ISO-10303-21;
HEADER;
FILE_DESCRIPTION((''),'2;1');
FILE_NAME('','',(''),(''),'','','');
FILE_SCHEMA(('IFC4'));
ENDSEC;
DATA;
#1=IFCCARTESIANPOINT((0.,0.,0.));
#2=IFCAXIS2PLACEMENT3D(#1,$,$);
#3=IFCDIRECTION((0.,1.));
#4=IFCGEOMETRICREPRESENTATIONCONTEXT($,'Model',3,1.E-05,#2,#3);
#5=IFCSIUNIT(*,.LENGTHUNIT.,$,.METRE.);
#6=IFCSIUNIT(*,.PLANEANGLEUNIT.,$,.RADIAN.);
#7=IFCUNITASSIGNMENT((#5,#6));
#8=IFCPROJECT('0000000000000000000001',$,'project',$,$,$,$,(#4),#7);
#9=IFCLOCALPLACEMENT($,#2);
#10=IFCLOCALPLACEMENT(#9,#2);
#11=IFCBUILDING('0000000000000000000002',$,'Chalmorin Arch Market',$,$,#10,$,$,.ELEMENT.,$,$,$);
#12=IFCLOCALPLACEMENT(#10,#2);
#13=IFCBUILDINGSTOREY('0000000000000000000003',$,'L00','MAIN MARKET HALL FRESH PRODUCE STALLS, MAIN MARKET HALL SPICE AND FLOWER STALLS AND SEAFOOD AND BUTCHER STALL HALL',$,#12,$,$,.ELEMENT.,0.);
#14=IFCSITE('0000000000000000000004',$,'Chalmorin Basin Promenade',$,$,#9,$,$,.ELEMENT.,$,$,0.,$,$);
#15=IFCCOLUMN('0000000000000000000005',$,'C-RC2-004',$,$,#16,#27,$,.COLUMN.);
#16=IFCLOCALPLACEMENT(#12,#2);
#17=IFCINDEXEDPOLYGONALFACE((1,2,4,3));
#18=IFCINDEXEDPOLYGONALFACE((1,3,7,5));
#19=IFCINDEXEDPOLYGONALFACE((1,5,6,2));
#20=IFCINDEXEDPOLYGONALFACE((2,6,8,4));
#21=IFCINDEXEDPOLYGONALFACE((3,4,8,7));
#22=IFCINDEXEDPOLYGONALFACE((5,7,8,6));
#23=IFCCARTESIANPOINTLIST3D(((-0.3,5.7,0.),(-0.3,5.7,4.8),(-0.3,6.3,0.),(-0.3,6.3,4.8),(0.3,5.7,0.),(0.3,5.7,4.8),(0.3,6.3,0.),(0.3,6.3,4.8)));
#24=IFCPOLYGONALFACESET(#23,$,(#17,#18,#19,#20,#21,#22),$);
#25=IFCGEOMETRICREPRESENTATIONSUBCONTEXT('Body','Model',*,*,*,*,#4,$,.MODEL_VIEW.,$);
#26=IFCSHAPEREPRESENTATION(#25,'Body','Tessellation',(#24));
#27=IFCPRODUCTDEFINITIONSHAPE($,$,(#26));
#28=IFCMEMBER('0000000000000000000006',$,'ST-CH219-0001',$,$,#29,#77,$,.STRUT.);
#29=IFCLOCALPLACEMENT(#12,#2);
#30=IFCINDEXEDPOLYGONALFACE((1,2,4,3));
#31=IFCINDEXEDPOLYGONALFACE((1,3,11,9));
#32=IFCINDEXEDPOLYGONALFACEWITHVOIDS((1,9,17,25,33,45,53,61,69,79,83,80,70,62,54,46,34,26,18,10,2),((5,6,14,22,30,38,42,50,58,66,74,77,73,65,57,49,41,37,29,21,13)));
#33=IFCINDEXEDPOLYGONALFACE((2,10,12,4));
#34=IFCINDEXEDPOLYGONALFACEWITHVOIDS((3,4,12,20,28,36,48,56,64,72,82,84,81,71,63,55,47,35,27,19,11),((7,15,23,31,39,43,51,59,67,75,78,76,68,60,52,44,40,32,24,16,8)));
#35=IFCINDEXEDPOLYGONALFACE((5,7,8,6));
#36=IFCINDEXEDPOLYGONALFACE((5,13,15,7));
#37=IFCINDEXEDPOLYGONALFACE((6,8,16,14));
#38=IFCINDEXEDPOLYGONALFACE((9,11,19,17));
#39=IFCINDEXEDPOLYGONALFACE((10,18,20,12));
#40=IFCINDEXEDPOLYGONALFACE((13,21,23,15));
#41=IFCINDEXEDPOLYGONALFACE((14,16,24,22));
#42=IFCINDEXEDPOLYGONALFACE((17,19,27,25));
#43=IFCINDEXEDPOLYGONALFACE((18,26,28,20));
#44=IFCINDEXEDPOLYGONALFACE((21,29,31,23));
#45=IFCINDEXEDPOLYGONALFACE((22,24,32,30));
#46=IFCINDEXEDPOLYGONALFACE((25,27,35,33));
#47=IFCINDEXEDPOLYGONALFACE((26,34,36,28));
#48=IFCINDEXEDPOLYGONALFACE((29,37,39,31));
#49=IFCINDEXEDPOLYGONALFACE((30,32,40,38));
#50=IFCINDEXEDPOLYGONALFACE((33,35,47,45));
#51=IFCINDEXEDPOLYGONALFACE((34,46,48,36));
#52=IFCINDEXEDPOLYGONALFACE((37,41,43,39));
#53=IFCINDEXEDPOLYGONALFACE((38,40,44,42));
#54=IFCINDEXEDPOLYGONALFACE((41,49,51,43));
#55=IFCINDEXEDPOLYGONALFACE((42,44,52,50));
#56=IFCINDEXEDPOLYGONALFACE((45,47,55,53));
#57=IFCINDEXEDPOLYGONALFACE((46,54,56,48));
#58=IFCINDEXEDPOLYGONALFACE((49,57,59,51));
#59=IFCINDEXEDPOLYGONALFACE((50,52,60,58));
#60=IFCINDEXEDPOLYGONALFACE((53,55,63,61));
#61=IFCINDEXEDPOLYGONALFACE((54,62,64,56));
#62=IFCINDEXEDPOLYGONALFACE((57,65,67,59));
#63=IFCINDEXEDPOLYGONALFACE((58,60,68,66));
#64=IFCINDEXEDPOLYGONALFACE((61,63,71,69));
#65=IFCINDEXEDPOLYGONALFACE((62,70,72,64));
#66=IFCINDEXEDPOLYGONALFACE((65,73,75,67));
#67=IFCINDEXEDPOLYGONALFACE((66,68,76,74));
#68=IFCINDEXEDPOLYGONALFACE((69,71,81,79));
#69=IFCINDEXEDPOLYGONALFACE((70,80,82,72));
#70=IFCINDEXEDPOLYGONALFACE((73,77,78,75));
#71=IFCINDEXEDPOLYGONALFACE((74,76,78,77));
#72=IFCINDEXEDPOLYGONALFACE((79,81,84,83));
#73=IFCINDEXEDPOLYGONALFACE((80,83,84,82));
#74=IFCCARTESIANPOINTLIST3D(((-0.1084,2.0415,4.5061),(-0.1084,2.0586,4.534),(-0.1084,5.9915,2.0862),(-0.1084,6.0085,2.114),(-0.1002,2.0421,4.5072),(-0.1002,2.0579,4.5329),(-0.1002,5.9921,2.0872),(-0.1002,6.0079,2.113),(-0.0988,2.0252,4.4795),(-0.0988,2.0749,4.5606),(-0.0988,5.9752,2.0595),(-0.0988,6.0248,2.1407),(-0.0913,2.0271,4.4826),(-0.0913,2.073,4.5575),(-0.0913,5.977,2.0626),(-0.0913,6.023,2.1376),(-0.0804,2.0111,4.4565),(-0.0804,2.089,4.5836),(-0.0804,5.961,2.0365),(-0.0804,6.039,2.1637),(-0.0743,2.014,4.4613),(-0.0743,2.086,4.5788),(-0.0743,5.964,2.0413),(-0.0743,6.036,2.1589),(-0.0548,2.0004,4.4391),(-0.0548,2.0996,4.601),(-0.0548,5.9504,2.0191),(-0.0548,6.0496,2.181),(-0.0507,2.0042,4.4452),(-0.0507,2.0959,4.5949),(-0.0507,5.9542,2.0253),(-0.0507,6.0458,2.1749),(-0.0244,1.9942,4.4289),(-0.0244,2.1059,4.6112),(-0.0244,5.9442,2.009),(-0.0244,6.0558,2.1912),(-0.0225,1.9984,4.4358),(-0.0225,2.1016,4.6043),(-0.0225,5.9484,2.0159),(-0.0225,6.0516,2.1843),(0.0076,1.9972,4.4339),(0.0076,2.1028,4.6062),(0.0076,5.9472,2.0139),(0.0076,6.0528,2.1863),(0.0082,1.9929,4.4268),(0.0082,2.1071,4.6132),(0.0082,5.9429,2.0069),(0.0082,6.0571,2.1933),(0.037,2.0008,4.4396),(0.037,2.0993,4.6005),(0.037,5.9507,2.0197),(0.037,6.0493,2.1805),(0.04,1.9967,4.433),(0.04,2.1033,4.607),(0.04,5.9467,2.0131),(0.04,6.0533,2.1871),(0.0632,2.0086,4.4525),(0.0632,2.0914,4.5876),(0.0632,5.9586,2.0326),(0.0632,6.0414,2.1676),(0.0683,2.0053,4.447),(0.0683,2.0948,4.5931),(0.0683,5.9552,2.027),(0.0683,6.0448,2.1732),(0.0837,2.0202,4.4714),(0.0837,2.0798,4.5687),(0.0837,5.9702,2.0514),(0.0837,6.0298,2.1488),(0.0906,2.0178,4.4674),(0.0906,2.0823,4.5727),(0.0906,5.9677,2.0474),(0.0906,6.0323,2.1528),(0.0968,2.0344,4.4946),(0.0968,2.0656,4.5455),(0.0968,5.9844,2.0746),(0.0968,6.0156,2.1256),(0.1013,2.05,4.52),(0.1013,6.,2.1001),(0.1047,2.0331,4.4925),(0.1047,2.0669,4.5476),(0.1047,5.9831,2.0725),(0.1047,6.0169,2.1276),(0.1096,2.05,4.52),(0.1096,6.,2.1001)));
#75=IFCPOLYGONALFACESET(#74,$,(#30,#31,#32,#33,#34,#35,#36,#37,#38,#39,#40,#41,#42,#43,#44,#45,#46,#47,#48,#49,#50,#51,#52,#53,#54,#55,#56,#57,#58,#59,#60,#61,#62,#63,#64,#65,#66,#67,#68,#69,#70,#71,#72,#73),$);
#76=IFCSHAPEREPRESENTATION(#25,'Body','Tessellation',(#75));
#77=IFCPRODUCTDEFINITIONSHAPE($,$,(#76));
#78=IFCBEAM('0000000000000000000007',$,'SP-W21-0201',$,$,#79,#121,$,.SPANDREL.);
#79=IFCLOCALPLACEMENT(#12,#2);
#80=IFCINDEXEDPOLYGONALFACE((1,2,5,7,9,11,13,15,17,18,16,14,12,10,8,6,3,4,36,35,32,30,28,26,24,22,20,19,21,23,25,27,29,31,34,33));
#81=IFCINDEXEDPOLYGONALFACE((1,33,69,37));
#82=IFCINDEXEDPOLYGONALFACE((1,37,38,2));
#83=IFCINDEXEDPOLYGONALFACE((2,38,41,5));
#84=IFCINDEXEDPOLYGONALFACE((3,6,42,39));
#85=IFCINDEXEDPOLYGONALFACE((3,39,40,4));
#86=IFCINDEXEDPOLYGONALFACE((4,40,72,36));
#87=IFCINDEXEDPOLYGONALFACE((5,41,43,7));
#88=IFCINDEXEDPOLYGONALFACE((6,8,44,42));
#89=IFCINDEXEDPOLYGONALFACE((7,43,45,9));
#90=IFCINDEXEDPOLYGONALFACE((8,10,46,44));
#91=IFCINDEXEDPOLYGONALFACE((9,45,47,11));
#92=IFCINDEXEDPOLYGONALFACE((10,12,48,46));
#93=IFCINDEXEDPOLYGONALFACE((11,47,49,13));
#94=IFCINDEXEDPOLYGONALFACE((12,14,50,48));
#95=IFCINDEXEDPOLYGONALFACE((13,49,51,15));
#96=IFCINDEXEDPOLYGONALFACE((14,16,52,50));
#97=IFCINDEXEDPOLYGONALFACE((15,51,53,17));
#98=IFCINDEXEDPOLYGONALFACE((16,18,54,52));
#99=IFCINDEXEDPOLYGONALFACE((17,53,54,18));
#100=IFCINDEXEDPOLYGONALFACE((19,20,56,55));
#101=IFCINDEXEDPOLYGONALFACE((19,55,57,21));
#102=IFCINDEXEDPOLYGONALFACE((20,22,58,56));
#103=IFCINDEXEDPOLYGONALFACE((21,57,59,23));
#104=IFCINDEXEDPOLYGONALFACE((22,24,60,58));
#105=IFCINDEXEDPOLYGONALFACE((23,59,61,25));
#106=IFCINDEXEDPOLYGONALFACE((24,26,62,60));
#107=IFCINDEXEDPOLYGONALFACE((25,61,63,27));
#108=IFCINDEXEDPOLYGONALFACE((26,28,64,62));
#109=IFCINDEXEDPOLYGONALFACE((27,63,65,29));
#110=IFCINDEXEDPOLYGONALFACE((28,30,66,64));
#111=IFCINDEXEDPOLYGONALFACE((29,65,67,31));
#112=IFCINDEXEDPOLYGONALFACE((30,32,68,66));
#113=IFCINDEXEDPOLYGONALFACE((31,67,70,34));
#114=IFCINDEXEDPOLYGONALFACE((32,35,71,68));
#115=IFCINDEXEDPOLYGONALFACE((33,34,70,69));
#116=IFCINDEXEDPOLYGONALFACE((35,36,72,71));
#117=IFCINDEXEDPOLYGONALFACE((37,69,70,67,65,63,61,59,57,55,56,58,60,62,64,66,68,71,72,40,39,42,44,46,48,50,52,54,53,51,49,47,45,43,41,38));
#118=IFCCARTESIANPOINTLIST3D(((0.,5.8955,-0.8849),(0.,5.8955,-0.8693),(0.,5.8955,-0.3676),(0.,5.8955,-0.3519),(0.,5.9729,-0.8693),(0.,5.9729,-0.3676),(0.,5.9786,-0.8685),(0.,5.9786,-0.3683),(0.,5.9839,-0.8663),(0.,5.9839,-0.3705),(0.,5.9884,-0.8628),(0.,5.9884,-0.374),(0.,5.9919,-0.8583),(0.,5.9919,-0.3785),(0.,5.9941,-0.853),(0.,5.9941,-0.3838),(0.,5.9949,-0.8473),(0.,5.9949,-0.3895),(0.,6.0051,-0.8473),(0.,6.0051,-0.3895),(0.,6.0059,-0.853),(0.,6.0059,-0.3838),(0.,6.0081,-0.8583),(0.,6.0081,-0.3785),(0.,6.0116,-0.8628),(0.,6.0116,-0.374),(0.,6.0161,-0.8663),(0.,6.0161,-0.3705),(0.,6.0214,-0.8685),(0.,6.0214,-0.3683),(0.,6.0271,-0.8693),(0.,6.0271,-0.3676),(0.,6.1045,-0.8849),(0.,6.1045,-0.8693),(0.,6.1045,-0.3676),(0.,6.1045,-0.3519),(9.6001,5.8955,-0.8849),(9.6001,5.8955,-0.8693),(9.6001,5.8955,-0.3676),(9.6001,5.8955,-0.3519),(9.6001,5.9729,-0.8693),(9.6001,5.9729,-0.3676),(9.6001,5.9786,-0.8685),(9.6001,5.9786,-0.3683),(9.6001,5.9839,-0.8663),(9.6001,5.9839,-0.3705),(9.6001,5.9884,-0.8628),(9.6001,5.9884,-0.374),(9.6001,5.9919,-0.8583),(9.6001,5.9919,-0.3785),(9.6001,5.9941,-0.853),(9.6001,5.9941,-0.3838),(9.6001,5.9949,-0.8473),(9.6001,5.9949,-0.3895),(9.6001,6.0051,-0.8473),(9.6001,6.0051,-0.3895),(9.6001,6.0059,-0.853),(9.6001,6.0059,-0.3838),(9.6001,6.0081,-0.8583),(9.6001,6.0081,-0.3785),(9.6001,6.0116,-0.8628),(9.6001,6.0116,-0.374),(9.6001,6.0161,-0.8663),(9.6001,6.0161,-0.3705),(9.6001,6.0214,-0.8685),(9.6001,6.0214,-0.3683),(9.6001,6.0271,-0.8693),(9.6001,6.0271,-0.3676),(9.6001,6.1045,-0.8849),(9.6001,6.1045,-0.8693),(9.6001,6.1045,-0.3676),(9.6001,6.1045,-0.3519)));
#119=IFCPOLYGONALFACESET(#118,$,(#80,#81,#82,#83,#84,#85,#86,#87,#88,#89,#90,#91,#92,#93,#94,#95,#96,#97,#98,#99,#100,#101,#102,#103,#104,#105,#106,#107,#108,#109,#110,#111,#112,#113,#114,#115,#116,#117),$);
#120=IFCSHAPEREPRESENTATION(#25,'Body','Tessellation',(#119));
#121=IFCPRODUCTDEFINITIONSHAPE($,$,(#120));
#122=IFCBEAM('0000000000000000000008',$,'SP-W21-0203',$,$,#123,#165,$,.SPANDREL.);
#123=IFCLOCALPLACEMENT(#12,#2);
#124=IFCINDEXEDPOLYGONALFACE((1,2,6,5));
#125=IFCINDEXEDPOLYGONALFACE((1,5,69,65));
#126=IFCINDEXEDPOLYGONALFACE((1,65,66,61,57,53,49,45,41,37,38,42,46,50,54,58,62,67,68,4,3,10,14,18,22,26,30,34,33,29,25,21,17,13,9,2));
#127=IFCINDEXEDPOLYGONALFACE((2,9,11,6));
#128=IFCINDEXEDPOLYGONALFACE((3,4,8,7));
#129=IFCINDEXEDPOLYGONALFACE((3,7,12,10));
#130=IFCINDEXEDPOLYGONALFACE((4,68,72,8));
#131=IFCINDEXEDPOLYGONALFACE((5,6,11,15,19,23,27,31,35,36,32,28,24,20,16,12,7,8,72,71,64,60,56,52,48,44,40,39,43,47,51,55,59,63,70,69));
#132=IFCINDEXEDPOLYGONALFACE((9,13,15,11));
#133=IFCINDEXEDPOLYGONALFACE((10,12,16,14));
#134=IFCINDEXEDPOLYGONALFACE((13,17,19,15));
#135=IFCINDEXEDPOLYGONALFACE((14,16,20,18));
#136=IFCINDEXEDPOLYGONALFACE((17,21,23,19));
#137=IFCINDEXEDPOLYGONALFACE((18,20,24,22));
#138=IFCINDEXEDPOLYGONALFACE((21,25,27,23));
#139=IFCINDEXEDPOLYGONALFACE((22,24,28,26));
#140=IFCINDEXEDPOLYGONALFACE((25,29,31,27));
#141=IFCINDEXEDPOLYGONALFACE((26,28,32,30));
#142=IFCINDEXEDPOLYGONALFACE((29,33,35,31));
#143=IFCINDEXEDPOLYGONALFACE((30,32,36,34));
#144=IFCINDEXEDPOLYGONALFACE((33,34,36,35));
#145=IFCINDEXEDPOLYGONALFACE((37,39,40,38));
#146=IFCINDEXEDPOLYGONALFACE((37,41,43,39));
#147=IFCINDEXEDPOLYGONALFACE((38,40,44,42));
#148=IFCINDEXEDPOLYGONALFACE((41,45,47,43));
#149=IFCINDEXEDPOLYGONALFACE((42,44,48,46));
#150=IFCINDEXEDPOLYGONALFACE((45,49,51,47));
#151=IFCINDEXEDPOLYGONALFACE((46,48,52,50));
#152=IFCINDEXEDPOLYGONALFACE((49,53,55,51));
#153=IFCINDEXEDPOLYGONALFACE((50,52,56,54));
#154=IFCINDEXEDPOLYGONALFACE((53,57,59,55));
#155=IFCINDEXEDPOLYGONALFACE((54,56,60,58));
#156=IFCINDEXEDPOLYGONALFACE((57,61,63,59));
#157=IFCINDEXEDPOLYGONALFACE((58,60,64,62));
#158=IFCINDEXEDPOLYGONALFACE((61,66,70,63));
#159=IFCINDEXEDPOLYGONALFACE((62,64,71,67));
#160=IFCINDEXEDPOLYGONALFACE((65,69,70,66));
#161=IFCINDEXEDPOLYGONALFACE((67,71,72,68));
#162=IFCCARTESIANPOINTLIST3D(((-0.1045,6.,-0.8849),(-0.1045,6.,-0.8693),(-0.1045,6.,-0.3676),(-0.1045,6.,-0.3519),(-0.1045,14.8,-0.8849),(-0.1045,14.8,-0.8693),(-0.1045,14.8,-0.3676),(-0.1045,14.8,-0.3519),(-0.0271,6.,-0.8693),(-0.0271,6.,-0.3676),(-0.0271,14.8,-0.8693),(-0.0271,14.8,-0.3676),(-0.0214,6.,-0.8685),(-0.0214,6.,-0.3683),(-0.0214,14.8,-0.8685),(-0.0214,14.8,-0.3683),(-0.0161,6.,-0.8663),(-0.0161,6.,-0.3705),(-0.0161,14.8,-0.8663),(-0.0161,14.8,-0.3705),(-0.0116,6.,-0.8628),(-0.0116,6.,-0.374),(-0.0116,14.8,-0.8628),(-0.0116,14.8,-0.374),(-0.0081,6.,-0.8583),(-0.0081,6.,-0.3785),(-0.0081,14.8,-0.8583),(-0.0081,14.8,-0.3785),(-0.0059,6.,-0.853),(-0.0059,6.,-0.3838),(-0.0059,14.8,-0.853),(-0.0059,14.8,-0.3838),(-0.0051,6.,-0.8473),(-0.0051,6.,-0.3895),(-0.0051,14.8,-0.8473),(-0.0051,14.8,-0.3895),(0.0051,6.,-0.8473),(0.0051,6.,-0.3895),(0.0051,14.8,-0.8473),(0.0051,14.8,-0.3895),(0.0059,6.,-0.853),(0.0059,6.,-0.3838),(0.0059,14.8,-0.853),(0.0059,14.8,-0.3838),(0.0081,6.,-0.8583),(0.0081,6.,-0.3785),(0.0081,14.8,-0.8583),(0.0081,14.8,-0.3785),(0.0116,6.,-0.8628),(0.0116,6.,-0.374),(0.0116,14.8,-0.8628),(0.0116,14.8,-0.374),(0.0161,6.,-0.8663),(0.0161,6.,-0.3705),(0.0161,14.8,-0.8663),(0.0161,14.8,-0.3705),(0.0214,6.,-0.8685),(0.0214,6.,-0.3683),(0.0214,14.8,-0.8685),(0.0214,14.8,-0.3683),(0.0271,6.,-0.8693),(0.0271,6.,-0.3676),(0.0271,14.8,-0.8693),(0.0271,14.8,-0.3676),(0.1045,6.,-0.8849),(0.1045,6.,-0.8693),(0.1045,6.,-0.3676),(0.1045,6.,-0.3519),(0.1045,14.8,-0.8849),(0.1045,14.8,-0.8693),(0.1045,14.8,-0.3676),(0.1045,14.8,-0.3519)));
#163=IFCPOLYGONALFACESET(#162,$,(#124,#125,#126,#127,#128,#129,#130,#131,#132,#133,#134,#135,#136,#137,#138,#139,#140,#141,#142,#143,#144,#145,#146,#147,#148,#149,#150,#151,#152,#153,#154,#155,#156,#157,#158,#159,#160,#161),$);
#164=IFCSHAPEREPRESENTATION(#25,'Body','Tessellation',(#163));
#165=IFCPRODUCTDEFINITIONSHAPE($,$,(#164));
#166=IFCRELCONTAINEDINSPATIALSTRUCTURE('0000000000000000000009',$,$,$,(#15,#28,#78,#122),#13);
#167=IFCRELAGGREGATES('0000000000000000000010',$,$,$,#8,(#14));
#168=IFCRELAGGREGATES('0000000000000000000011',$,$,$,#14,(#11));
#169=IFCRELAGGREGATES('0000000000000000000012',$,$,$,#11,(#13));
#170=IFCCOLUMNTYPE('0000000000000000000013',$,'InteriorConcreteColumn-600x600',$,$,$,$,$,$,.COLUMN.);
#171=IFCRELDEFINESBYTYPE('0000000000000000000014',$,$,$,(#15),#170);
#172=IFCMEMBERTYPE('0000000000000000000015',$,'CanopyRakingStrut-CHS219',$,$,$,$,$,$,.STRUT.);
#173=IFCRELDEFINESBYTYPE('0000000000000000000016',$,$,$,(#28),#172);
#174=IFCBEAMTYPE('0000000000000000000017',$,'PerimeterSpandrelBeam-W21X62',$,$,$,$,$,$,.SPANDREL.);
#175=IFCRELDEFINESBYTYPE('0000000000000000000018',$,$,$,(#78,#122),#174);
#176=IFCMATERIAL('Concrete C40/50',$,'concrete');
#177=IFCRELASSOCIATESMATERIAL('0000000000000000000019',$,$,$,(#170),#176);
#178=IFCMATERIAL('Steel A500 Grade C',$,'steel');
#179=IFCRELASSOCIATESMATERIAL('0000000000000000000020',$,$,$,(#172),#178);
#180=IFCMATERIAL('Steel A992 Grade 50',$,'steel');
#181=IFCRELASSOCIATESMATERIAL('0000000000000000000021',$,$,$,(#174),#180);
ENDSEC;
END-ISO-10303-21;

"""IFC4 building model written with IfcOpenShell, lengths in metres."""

from ifc_helpers import new_model, si_unit, direction, frame, origin, origin_2d, place, context, subcontext, project, spatial, rectangle, hollow_circle, i_section, extrude, material, material_profile, profile_set, type_object, element, save


model = new_model("IFC4")

# Units and contexts
model_context = context("Model", 3, precision=1e-05, world=origin(), true_north=direction((0.0, 1.0)))
body_context = subcontext(model_context, "Body", "Model", "MODEL_VIEW")
ifc_project = project(units=[si_unit("LENGTHUNIT", "METRE"), si_unit("PLANEANGLEUNIT", "RADIAN")], contexts=[model_context])

# Site, building, storey
site_placement = place(None, origin())
site = spatial("IfcSite", under=ifc_project, at=site_placement, Name="Chalmorin Basin Promenade", CompositionType="ELEMENT", RefElevation=0.0)
building_placement = place(site_placement, origin())
building = spatial("IfcBuilding", under=site, at=building_placement, Name="Chalmorin Arch Market", CompositionType="ELEMENT")
storey_placement = place(building_placement, origin())
storey = spatial("IfcBuildingStorey", under=building, at=storey_placement, Name="L00", Description="MAIN MARKET HALL FRESH PRODUCE STALLS, MAIN MARKET HALL SPICE AND FLOWER STALLS AND SEAFOOD AND BUTCHER STALL HALL", CompositionType="ELEMENT", Elevation=0.0)

# Column
ifc_material_1 = material(Name="Concrete C40/50", Category="concrete")
ifc_material_profile_1 = material_profile(ifc_material_1, rectangle(XDim=0.6001, YDim=0.6001, at=origin_2d()), Name="RC600X600")
ifc_profile_set_1 = profile_set([ifc_material_profile_1], Name="Concrete C40/50")
column_type = type_object("IfcColumnType", Name="InteriorConcreteColumn-600x600", PredefinedType="COLUMN", material=ifc_profile_set_1)
column_placement = place(storey_placement, frame((0.0, 6.0, 0.0), z_axis=(0.0, 0.0, 1.0), x_axis=(1.0, 0.0, 0.0)))
element("IfcColumn", 1, at=column_placement, inside=storey, type_object=column_type, Name="C-RC2-004", PredefinedType="COLUMN", context=body_context, shape_type="SweptSolid", body=[
    extrude(rectangle(XDim=0.6001, YDim=0.6001, at=origin_2d()), origin(), (0.0, 0.0, 1.0), 4.8),
])

# Member
ifc_material_2 = material(Name="Steel A500 Grade C", Category="steel")
ifc_material_profile_2 = material_profile(ifc_material_2, hollow_circle(Radius=0.1096, WallThickness=0.0083, at=origin_2d()), Name="CHS219X8")
ifc_profile_set_2 = profile_set([ifc_material_profile_2], Name="Steel A500 Grade C")
member_type = type_object("IfcMemberType", Name="CanopyRakingStrut-CHS219", PredefinedType="STRUT", material=ifc_profile_set_2)
member_placement = place(storey_placement, frame((0.0, 6.0, 2.1001), z_axis=(0.0, -0.852699, 0.522403), x_axis=(1.0, 0.0, 0.0)))
element("IfcMember", 2, at=member_placement, inside=storey, type_object=member_type, Name="ST-CH219-0001", PredefinedType="STRUT", context=body_context, shape_type="SweptSolid", body=[
    extrude(hollow_circle(Radius=0.1096, WallThickness=0.0083, at=origin_2d()), origin(), (0.0, 0.0, 1.0), 4.6323),
])

# Beams
ifc_material_3 = material(Name="Steel A992 Grade 50", Category="steel")
ifc_material_profile_3 = material_profile(ifc_material_3, i_section(OverallWidth=0.209, OverallDepth=0.533, WebThickness=0.0103, FlangeThickness=0.0156, FilletRadius=0.022, at=origin_2d()), Name="W21X62")
ifc_profile_set_3 = profile_set([ifc_material_profile_3], Name="Steel A992 Grade 50")
beam_type_1 = type_object("IfcBeamType", Name="PerimeterSpandrelBeam-W21X62", PredefinedType="SPANDREL", material=ifc_profile_set_3)
beam_1_placement = place(storey_placement, frame((0.0, 6.0, -0.6184), z_axis=(1.0, 0.0, 0.0), x_axis=(0.0, 1.0, 0.0)))
element("IfcBeam", 3, at=beam_1_placement, inside=storey, type_object=beam_type_1, Name="SP-W21-0201", PredefinedType="SPANDREL", context=body_context, shape_type="SweptSolid", body=[
    extrude(i_section(OverallWidth=0.209, OverallDepth=0.533, WebThickness=0.0103, FlangeThickness=0.0156, FilletRadius=0.022, at=origin_2d()), origin(), (0.0, 0.0, 1.0), 9.6001),
])
beam_2_placement = place(storey_placement, frame((0.0, 6.0, -0.6184), z_axis=(0.0, 1.0, 0.0), x_axis=(-1.0, 0.0, 0.0)))
element("IfcBeam", 4, at=beam_2_placement, inside=storey, type_object=beam_type_1, Name="SP-W21-0203", PredefinedType="SPANDREL", context=body_context, shape_type="SweptSolid", body=[
    extrude(i_section(OverallWidth=0.209, OverallDepth=0.533, WebThickness=0.0103, FlangeThickness=0.0156, FilletRadius=0.022, at=origin_2d()), origin(), (0.0, 0.0, 1.0), 8.8),
])

save(model, "model.ifc")
